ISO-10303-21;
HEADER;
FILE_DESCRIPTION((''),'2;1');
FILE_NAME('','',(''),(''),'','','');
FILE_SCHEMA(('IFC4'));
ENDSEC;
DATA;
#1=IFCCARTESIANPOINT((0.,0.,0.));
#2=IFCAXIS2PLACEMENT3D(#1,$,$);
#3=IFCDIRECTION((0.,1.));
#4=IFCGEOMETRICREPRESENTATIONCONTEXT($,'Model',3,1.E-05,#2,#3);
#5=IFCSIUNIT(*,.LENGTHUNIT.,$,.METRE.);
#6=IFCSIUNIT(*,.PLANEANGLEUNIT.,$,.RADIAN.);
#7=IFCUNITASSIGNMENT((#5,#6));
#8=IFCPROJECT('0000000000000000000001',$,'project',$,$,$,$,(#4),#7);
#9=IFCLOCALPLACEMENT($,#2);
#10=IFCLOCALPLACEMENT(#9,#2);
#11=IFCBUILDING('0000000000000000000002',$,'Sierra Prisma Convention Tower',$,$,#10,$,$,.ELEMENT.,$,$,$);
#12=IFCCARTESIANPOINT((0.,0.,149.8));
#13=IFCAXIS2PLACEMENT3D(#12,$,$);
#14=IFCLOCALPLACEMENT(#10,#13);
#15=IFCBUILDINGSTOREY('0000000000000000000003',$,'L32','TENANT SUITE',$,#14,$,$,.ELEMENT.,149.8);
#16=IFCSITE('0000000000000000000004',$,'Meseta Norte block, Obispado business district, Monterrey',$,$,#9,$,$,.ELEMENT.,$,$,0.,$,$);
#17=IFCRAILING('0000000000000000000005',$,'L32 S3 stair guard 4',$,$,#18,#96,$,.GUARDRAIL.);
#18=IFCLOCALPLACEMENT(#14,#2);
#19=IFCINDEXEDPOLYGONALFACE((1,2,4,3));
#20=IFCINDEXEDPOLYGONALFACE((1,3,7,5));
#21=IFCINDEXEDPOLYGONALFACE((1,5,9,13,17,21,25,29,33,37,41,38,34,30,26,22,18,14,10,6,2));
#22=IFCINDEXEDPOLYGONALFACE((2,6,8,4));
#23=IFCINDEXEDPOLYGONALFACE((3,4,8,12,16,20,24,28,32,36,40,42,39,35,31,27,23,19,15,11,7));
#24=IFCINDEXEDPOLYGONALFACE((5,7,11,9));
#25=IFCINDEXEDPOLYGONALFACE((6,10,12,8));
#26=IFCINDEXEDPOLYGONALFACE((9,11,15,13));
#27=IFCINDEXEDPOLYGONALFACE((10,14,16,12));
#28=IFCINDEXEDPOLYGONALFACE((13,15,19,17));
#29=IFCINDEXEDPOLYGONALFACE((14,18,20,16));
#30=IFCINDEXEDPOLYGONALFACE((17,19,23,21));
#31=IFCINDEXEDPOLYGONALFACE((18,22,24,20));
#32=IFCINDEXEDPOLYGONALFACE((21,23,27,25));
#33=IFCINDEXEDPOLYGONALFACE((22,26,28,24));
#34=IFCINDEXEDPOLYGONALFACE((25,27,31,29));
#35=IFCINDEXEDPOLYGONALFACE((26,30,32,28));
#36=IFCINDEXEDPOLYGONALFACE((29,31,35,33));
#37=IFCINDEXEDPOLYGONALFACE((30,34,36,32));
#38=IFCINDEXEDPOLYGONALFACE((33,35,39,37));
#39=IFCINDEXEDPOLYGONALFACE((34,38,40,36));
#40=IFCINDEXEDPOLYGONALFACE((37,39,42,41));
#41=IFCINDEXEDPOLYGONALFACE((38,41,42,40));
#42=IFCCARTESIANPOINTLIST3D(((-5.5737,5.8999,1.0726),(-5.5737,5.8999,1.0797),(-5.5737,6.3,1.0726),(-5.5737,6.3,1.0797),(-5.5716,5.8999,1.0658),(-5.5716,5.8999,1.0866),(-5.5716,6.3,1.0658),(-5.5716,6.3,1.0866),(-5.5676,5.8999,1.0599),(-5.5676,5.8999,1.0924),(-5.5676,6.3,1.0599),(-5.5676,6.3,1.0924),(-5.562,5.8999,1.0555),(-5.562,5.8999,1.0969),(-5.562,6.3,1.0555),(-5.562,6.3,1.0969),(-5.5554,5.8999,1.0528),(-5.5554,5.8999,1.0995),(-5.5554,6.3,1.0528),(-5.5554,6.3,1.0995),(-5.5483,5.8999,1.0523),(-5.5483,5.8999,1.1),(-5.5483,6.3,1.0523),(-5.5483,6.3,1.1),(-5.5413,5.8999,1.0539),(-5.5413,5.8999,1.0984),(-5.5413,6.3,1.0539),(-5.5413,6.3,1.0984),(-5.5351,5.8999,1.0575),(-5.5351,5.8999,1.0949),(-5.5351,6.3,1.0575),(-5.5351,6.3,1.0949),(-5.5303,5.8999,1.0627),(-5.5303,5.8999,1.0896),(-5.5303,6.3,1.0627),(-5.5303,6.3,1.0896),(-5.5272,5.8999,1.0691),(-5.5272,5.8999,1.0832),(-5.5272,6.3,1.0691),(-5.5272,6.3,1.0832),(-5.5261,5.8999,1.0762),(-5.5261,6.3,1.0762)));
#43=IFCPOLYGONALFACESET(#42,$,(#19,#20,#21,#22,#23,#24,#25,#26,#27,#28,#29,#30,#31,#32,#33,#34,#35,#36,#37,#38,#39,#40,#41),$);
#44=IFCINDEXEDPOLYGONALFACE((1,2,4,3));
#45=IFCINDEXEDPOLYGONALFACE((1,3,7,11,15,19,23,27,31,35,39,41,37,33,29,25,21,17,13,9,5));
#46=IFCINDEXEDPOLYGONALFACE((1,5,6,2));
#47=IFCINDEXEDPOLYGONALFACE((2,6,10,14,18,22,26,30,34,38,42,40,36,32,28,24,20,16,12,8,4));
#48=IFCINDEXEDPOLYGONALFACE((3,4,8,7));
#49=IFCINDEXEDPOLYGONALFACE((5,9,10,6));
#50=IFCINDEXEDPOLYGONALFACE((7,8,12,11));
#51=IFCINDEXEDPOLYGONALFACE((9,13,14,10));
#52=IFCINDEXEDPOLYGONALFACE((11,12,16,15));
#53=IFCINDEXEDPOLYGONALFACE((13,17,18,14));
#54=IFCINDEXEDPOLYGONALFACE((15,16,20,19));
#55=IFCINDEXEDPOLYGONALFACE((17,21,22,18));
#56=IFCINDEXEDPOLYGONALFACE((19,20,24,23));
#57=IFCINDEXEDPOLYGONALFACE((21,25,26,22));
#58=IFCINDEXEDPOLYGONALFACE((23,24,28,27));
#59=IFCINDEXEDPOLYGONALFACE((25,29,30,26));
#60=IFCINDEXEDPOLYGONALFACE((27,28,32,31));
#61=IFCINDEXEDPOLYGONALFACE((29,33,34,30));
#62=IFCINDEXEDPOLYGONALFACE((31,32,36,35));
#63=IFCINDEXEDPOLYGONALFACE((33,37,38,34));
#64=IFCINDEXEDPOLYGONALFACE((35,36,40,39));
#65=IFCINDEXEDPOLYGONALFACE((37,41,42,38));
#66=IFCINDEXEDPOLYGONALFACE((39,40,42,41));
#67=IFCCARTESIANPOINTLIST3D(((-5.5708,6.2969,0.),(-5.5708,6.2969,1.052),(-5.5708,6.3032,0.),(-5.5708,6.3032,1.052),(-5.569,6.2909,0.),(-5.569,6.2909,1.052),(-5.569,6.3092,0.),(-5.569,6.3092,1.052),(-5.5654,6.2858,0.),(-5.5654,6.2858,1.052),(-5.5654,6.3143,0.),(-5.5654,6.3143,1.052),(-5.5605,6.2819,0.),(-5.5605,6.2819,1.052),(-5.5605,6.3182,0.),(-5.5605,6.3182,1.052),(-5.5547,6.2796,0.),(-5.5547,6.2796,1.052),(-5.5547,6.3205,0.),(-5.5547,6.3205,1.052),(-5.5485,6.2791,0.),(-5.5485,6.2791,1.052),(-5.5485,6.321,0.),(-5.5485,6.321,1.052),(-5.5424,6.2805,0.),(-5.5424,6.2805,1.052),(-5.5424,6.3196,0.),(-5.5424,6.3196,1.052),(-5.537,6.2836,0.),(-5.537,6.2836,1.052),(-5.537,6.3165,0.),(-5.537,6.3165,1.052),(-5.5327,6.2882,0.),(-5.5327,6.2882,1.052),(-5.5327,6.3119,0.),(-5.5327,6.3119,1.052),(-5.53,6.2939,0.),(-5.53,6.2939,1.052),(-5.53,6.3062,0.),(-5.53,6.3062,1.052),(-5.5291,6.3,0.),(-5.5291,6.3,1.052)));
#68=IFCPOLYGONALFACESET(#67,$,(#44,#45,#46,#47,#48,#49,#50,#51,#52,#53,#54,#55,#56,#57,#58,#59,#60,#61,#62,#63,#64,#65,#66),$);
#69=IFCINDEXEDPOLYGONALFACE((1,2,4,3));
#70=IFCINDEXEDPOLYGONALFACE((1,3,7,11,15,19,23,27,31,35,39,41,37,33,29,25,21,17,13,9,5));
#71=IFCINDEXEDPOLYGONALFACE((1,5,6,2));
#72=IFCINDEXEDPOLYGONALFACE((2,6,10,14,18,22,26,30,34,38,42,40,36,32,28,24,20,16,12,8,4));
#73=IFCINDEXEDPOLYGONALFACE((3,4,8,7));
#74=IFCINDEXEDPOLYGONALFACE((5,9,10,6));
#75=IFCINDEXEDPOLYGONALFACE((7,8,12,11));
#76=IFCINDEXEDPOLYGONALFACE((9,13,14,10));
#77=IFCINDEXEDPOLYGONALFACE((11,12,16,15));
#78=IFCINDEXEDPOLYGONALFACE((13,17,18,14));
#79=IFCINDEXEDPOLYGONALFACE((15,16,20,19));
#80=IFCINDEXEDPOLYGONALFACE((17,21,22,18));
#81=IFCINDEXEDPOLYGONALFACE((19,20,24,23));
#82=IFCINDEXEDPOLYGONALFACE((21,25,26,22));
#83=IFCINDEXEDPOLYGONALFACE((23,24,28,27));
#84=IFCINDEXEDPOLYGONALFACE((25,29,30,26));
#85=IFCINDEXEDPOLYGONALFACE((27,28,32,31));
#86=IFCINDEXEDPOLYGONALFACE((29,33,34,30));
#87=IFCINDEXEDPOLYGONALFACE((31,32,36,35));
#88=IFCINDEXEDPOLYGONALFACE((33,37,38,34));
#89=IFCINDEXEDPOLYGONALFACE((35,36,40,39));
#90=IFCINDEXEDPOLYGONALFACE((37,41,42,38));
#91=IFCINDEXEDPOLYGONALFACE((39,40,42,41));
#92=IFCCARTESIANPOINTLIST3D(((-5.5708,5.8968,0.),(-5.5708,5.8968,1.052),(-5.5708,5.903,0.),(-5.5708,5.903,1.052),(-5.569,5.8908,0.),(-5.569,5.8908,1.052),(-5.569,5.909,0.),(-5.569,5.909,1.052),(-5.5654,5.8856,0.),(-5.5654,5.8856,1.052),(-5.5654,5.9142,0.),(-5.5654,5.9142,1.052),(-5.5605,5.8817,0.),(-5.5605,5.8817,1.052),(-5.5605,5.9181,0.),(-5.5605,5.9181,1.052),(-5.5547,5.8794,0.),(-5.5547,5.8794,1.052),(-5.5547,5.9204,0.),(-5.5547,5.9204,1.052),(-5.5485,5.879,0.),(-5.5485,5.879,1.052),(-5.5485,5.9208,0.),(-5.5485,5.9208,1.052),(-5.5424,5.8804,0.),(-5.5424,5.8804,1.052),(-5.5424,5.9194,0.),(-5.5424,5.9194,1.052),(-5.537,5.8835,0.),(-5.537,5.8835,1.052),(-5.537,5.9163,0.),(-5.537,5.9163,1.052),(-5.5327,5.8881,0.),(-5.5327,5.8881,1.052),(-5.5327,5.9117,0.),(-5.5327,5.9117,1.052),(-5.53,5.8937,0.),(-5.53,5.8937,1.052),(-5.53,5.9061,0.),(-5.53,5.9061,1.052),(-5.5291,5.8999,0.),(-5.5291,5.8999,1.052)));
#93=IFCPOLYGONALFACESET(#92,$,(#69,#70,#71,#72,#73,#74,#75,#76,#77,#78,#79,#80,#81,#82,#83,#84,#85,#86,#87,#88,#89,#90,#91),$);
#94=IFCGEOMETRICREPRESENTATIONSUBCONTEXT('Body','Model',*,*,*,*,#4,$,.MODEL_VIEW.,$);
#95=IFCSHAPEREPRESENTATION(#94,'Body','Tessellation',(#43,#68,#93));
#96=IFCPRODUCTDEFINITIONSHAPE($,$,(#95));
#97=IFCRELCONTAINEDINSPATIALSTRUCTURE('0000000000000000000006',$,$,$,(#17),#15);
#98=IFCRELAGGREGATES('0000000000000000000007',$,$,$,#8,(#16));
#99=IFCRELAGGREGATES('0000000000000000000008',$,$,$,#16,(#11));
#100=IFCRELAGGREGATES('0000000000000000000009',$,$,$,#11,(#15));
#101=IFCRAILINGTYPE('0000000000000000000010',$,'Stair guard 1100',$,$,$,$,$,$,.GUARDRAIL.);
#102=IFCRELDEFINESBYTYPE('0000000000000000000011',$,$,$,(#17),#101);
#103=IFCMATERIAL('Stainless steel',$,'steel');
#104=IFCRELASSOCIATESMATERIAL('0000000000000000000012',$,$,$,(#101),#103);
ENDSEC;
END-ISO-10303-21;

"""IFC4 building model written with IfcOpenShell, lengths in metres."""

from ifc_helpers import new_model, si_unit, direction, frame, origin, origin_2d, place, context, subcontext, project, spatial, circle, extrude, material, type_object, element, save


model = new_model("IFC4")

# Units and contexts
model_context = context("Model", 3, precision=1e-05, world=origin(), true_north=direction((0.0, 1.0)))
body_context = subcontext(model_context, "Body", "Model", "MODEL_VIEW")
ifc_project = project(units=[si_unit("LENGTHUNIT", "METRE"), si_unit("PLANEANGLEUNIT", "RADIAN")], contexts=[model_context])

# Site, building, storey
site_placement = place(None, origin())
site = spatial("IfcSite", under=ifc_project, at=site_placement, Name="Meseta Norte block, Obispado business district, Monterrey", CompositionType="ELEMENT", RefElevation=0.0)
building_placement = place(site_placement, origin())
building = spatial("IfcBuilding", under=site, at=building_placement, Name="Sierra Prisma Convention Tower", CompositionType="ELEMENT")
storey_placement = place(building_placement, frame((0.0, 0.0, 149.8)))
storey = spatial("IfcBuildingStorey", under=building, at=storey_placement, Name="L32", Description="TENANT SUITE", CompositionType="ELEMENT", Elevation=149.8)

# Railing
ifc_material_1 = material(Name="Stainless steel", Category="steel")
railing_type_1 = type_object("IfcRailingType", Name="Stair guard 1100", PredefinedType="GUARDRAIL", material=ifc_material_1)
railing_1_placement = place(storey_placement, frame((-5.55, 6.3, 0.0)))
element("IfcRailing", 1, at=railing_1_placement, inside=storey, type_object=railing_type_1, Name="L32 S3 stair guard 4", PredefinedType="GUARDRAIL", context=body_context, shape_type="SweptSolid", body=[
    extrude(circle(Radius=0.0239, at=origin_2d()), frame((0.0, 0.0, 1.0762), z_axis=(0.0, -1.0, 0.0), x_axis=(1.0, 0.0, 0.0)), (0.0, 0.0, 1.0), 0.4001),
    extrude(circle(Radius=0.021, at=origin_2d()), origin(), (0.0, 0.0, 1.0), 1.052),
    extrude(circle(Radius=0.021, at=origin_2d()), frame((0.0, -0.4001, 0.0)), (0.0, 0.0, 1.0), 1.052),
])

save(model, "model.ifc")
